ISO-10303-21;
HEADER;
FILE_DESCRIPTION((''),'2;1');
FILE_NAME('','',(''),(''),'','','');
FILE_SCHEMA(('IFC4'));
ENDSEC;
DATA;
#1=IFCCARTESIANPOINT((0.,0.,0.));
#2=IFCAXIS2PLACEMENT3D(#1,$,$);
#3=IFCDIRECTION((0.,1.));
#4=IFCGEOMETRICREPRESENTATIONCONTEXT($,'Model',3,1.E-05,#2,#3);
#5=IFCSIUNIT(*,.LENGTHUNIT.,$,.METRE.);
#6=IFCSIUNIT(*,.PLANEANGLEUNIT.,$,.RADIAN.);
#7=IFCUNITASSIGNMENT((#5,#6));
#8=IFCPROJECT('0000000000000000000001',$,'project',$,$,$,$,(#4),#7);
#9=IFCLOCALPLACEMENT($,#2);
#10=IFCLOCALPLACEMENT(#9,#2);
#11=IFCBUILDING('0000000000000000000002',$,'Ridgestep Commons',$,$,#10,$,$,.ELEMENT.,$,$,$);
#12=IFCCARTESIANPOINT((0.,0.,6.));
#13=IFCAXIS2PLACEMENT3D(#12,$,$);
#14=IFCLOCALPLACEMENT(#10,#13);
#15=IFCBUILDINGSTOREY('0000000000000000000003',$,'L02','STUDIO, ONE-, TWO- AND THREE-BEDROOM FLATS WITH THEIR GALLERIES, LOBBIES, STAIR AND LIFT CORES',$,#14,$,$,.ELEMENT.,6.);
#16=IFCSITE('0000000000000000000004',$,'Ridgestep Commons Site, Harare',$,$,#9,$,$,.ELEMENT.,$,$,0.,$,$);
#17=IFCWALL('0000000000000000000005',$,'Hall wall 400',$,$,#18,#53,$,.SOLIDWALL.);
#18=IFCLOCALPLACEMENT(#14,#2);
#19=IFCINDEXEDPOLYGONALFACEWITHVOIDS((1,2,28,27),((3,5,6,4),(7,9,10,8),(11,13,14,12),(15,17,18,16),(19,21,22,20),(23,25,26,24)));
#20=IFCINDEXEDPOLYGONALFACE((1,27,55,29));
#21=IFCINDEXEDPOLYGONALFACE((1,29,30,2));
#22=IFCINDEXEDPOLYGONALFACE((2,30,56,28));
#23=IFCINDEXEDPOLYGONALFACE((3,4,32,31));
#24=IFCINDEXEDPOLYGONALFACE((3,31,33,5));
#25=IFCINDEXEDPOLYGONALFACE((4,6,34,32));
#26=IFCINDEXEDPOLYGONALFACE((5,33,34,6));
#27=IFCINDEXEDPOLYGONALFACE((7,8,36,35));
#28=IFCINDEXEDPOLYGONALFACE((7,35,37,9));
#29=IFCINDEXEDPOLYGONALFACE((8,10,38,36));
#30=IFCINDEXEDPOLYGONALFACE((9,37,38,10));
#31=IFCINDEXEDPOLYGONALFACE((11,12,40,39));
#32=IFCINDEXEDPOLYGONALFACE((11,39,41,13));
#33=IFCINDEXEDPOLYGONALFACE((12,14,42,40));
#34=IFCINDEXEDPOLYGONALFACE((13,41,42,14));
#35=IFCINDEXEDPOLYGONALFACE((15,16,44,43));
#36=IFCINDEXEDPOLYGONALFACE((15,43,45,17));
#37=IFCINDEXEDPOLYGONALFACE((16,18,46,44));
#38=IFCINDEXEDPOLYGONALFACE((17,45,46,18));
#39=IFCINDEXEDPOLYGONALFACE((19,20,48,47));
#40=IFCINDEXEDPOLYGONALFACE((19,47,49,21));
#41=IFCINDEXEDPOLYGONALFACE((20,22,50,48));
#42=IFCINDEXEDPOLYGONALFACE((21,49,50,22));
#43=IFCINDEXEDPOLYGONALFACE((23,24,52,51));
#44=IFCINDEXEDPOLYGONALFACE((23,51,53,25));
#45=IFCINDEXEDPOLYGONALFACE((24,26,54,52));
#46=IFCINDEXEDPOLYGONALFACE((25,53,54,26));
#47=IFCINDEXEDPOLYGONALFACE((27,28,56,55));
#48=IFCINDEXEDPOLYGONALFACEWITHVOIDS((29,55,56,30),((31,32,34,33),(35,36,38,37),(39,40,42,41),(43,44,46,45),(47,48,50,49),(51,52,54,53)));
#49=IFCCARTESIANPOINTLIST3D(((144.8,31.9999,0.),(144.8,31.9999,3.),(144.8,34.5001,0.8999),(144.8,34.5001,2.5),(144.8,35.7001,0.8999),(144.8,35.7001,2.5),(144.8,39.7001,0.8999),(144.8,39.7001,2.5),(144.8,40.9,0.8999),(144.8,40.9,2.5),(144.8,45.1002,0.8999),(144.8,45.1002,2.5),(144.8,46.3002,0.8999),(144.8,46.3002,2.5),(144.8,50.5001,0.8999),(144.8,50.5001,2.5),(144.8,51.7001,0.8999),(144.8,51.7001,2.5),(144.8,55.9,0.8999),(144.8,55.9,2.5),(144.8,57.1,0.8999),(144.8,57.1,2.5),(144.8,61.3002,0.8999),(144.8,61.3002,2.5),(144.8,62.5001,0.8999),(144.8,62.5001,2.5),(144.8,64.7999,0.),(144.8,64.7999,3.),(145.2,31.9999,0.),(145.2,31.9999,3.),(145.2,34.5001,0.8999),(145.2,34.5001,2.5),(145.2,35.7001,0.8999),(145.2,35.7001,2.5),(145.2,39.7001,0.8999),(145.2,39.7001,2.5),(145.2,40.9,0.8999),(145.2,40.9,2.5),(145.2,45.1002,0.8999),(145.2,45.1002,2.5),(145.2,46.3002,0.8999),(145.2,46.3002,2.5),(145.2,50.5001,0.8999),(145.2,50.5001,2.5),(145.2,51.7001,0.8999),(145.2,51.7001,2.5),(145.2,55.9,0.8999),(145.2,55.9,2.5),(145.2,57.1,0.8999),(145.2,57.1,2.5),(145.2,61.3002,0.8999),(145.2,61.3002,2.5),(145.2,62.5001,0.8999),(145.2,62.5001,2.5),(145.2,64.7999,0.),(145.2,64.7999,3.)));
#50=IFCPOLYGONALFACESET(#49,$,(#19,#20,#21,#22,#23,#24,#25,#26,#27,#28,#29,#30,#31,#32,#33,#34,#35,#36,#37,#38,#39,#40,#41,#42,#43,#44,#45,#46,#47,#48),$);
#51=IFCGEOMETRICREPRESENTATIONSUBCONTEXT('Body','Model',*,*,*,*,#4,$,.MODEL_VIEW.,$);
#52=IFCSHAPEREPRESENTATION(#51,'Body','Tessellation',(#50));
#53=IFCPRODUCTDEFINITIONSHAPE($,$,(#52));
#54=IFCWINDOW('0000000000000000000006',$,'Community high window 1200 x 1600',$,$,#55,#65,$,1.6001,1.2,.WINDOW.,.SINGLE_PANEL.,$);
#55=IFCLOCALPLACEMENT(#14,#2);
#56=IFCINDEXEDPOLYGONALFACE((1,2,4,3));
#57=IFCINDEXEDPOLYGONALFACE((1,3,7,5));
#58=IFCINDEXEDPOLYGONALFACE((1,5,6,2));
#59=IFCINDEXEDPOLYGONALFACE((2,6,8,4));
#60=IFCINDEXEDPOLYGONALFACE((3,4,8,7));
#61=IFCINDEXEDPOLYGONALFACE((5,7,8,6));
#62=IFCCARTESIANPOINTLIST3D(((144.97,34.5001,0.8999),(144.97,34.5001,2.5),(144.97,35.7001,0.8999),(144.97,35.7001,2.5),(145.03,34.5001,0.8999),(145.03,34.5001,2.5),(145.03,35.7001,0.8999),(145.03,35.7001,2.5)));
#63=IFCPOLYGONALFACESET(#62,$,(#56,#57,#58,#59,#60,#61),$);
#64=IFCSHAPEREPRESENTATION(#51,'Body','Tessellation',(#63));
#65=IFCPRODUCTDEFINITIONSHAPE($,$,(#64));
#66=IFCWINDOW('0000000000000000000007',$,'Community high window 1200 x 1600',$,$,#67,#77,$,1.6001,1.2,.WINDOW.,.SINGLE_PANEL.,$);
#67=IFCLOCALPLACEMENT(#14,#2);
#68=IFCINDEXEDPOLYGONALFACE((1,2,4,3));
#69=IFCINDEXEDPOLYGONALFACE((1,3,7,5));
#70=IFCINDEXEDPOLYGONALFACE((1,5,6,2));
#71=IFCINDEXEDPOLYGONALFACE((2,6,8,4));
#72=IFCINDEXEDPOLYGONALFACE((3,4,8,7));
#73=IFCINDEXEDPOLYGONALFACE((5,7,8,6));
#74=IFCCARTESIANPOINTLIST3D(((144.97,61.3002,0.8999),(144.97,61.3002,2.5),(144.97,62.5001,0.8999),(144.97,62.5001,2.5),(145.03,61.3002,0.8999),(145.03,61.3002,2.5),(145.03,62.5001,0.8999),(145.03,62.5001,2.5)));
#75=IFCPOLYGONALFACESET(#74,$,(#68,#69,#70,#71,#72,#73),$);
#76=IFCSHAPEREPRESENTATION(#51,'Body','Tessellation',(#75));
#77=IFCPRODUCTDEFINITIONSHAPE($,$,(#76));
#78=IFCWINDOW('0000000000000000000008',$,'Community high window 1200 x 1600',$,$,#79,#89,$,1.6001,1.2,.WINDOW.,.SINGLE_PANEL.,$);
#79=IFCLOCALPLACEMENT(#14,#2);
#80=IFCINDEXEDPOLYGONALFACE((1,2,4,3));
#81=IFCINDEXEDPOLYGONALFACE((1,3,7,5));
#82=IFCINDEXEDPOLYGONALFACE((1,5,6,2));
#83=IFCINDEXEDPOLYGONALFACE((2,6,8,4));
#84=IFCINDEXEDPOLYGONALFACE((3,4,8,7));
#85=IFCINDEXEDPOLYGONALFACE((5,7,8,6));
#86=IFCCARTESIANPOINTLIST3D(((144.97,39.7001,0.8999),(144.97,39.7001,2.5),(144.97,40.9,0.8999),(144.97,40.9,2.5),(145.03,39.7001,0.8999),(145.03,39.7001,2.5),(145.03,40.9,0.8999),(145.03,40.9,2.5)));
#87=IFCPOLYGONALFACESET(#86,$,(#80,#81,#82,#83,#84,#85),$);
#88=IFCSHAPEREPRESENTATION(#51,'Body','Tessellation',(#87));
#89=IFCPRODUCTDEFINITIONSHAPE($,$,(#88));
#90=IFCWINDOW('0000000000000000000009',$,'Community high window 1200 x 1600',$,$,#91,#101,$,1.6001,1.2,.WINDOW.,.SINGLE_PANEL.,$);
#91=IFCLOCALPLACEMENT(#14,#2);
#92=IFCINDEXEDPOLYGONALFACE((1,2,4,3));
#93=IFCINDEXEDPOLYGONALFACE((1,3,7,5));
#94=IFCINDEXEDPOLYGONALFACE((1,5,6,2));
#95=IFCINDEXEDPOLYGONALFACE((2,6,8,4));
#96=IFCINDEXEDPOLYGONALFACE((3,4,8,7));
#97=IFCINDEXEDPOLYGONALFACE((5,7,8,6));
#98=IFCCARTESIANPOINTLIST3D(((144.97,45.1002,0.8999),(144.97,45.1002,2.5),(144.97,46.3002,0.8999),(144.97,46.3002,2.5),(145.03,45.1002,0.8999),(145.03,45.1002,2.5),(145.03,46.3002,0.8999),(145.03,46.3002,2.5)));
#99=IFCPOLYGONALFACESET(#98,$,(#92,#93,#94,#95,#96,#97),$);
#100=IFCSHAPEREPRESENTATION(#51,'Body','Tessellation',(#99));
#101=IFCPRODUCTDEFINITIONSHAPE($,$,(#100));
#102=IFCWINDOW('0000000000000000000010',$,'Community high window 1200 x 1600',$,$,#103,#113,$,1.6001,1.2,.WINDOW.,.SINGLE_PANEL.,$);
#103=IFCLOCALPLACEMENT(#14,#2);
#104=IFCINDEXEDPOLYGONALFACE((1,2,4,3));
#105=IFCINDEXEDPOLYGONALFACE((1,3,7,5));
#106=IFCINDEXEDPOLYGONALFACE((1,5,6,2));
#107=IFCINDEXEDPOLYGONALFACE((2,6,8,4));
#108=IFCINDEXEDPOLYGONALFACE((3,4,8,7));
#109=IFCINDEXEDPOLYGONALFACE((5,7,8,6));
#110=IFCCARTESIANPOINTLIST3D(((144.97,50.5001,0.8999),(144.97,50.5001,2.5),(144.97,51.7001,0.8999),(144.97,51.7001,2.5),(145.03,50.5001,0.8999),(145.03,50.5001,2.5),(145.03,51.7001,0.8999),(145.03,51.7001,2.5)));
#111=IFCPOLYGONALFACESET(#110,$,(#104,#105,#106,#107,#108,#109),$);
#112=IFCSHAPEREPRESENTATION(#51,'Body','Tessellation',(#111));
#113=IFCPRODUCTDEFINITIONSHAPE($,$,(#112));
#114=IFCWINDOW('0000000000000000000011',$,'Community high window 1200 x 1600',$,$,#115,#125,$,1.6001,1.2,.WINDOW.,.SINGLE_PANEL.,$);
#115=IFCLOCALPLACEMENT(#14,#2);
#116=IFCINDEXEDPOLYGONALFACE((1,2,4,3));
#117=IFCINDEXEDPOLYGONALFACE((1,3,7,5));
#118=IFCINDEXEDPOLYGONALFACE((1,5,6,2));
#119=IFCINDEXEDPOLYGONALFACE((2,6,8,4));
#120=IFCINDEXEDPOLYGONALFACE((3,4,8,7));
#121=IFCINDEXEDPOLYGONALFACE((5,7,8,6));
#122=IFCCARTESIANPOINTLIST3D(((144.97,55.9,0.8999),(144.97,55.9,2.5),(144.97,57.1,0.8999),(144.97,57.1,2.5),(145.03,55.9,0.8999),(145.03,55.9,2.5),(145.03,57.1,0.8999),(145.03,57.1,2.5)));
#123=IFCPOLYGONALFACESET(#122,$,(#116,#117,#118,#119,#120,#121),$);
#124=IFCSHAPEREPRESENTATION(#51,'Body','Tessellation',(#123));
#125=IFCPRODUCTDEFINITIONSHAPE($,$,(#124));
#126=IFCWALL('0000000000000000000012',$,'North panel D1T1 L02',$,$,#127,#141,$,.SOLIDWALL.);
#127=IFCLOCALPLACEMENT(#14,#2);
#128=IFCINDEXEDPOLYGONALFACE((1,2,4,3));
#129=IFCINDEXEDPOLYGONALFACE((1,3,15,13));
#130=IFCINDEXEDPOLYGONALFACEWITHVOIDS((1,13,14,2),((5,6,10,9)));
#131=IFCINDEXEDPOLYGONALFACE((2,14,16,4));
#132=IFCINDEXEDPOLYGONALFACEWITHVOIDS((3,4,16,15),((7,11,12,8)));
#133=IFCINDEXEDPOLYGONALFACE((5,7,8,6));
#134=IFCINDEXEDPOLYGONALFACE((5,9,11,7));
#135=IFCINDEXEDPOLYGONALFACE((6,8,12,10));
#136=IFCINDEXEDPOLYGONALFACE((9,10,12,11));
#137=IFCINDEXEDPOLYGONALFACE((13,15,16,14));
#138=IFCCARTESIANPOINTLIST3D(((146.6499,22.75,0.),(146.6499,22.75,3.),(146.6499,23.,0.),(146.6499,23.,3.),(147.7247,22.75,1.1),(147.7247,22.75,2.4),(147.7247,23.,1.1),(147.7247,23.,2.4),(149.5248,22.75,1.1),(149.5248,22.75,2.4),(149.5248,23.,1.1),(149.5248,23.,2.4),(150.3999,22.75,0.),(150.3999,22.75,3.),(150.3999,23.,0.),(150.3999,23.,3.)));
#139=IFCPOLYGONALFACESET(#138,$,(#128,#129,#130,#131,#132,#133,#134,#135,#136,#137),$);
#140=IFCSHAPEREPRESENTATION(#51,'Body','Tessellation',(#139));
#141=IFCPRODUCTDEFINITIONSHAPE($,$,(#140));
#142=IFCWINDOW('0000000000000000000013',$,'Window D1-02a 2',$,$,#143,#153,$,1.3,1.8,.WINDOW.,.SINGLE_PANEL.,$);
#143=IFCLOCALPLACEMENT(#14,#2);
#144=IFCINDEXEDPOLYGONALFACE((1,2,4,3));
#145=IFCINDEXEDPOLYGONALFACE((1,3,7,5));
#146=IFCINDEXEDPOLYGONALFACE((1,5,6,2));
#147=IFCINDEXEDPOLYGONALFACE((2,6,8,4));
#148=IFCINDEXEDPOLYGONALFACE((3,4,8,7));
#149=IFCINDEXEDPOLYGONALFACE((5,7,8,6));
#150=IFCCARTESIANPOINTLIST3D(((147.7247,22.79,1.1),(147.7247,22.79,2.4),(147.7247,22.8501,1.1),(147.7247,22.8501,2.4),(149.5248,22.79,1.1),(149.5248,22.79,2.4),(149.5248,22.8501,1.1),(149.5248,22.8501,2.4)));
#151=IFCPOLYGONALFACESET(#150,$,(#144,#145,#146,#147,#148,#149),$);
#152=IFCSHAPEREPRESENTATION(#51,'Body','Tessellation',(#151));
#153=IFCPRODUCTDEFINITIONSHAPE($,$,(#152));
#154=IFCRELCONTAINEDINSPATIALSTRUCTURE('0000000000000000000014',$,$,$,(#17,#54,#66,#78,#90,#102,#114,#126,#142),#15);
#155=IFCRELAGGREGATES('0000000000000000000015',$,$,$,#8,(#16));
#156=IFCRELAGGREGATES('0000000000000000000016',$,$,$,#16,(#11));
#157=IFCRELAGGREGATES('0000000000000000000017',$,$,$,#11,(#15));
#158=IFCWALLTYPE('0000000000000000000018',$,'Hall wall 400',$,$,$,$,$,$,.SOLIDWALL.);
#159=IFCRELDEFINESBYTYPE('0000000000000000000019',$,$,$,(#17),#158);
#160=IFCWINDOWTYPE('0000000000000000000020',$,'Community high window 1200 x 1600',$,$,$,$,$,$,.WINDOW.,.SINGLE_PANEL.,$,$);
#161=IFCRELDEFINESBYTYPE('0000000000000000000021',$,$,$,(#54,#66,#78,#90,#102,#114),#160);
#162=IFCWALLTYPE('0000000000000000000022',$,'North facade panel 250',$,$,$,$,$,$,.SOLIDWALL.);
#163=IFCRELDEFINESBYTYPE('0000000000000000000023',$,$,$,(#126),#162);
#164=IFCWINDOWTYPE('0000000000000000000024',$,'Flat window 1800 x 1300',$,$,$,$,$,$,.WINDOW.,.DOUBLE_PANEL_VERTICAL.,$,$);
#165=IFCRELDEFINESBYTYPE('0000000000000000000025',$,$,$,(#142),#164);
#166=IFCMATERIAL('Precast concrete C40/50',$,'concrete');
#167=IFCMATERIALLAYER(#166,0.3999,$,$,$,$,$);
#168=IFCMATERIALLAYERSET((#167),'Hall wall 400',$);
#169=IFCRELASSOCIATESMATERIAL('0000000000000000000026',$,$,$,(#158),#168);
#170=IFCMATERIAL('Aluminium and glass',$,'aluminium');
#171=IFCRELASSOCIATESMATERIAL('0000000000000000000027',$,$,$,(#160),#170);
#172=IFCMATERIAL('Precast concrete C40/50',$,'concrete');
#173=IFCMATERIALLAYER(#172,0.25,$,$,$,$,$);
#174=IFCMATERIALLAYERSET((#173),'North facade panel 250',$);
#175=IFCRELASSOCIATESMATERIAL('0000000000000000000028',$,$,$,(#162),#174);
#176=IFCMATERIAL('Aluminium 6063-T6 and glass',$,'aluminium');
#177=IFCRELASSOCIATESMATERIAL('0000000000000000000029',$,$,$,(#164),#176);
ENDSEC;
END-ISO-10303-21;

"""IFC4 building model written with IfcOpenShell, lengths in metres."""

from ifc_helpers import new_model, si_unit, direction, frame, frame_2d, origin, place, context, subcontext, project, spatial, rectangle, extrude, material, layer, layer_set, type_object, element, fill, save


model = new_model("IFC4")

# Units and contexts
model_context = context("Model", 3, precision=1e-05, world=origin(), true_north=direction((0.0, 1.0)))
body_context = subcontext(model_context, "Body", "Model", "MODEL_VIEW")
ifc_project = project(units=[si_unit("LENGTHUNIT", "METRE"), si_unit("PLANEANGLEUNIT", "RADIAN")], contexts=[model_context])

# Site, building, storey
site_placement = place(None, origin())
site = spatial("IfcSite", under=ifc_project, at=site_placement, Name="Ridgestep Commons Site, Harare", CompositionType="ELEMENT", RefElevation=0.0)
building_placement = place(site_placement, origin())
building = spatial("IfcBuilding", under=site, at=building_placement, Name="Ridgestep Commons", CompositionType="ELEMENT")
storey_placement = place(building_placement, frame((0.0, 0.0, 6.0)))
storey = spatial("IfcBuildingStorey", under=building, at=storey_placement, Name="L02", Description="STUDIO, ONE-, TWO- AND THREE-BEDROOM FLATS WITH THEIR GALLERIES, LOBBIES, STAIR AND LIFT CORES", CompositionType="ELEMENT", Elevation=6.0)

# Wall, openings, windows
ifc_material_1 = material(Name="Precast concrete C40/50", Category="concrete")
ifc_layer_1 = layer(ifc_material_1, 0.3999)
ifc_layer_set_1 = layer_set([ifc_layer_1], Name="Hall wall 400")
wall_type_1 = type_object("IfcWallType", Name="Hall wall 400", PredefinedType="SOLIDWALL", material=ifc_layer_set_1)
wall_1_placement = place(storey_placement, frame((145.0, 32.0, 0.0), z_axis=(0.0, 0.0, 1.0), x_axis=(0.0, 1.0, 0.0)))
wall_1 = element("IfcWall", 1, at=wall_1_placement, inside=storey, type_object=wall_type_1, Name="Hall wall 400", PredefinedType="SOLIDWALL", context=body_context, shape_type="SweptSolid", body=[
    extrude(rectangle(XDim=32.8, YDim=0.3999, at=frame_2d((16.3999, 0.0))), origin(), (0.0, 0.0, 1.0), 3.0),
])
opening_1_placement = place(wall_1_placement, frame((2.5, 0.0, 0.8999)))
opening_1 = element("IfcOpeningElement", 2, at=opening_1_placement, cuts=wall_1, PredefinedType="OPENING", context=body_context, shape_type="SweptSolid", body=[
    extrude(rectangle(XDim=1.2, YDim=1.6001, at=frame_2d((0.6001, 0.8))), frame((0.0, 0.21, 0.0), z_axis=(0.0, -1.0, 0.0), x_axis=(1.0, 0.0, 0.0)), (0.0, 0.0, 1.0), 0.4199),
])
opening_2_placement = place(wall_1_placement, frame((29.3, 0.0, 0.8999)))
opening_2 = element("IfcOpeningElement", 3, at=opening_2_placement, cuts=wall_1, PredefinedType="OPENING", context=body_context, shape_type="SweptSolid", body=[
    extrude(rectangle(XDim=1.2, YDim=1.6001, at=frame_2d((0.6001, 0.8))), frame((0.0, 0.21, 0.0), z_axis=(0.0, -1.0, 0.0), x_axis=(1.0, 0.0, 0.0)), (0.0, 0.0, 1.0), 0.4199),
])
opening_3_placement = place(wall_1_placement, frame((7.7, 0.0, 0.8999)))
opening_3 = element("IfcOpeningElement", 4, at=opening_3_placement, cuts=wall_1, PredefinedType="OPENING", context=body_context, shape_type="SweptSolid", body=[
    extrude(rectangle(XDim=1.2, YDim=1.6001, at=frame_2d((0.6001, 0.8))), frame((0.0, 0.21, 0.0), z_axis=(0.0, -1.0, 0.0), x_axis=(1.0, 0.0, 0.0)), (0.0, 0.0, 1.0), 0.4199),
])
opening_4_placement = place(wall_1_placement, frame((13.1001, 0.0, 0.8999)))
opening_4 = element("IfcOpeningElement", 5, at=opening_4_placement, cuts=wall_1, PredefinedType="OPENING", context=body_context, shape_type="SweptSolid", body=[
    extrude(rectangle(XDim=1.2, YDim=1.6001, at=frame_2d((0.6001, 0.8))), frame((0.0, 0.21, 0.0), z_axis=(0.0, -1.0, 0.0), x_axis=(1.0, 0.0, 0.0)), (0.0, 0.0, 1.0), 0.4199),
])
opening_5_placement = place(wall_1_placement, frame((18.5, 0.0, 0.8999)))
opening_5 = element("IfcOpeningElement", 6, at=opening_5_placement, cuts=wall_1, PredefinedType="OPENING", context=body_context, shape_type="SweptSolid", body=[
    extrude(rectangle(XDim=1.2, YDim=1.6001, at=frame_2d((0.6001, 0.8))), frame((0.0, 0.21, 0.0), z_axis=(0.0, -1.0, 0.0), x_axis=(1.0, 0.0, 0.0)), (0.0, 0.0, 1.0), 0.4199),
])
opening_6_placement = place(wall_1_placement, frame((23.8999, 0.0, 0.8999)))
opening_6 = element("IfcOpeningElement", 7, at=opening_6_placement, cuts=wall_1, PredefinedType="OPENING", context=body_context, shape_type="SweptSolid", body=[
    extrude(rectangle(XDim=1.2, YDim=1.6001, at=frame_2d((0.6001, 0.8))), frame((0.0, 0.21, 0.0), z_axis=(0.0, -1.0, 0.0), x_axis=(1.0, 0.0, 0.0)), (0.0, 0.0, 1.0), 0.4199),
])
ifc_material_2 = material(Name="Aluminium and glass", Category="aluminium")
window_type_1 = type_object("IfcWindowType", Name="Community high window 1200 x 1600", PartitioningType="SINGLE_PANEL", PredefinedType="WINDOW", material=ifc_material_2)
window_1_placement = place(opening_1_placement, origin())
window_1 = element("IfcWindow", 8, at=window_1_placement, inside=storey, type_object=window_type_1, Name="Community high window 1200 x 1600", OverallHeight=1.6001, OverallWidth=1.2, PartitioningType="SINGLE_PANEL", PredefinedType="WINDOW", context=body_context, shape_type="SweptSolid", body=[
    extrude(rectangle(XDim=1.2, YDim=1.6001, at=frame_2d((0.6001, 0.8))), frame((0.0, 0.03, 0.0), z_axis=(0.0, -1.0, 0.0), x_axis=(1.0, 0.0, 0.0)), (0.0, 0.0, 1.0), 0.0601),
])
fill(opening_1, window_1)
window_2_placement = place(opening_2_placement, origin())
window_2 = element("IfcWindow", 9, at=window_2_placement, inside=storey, type_object=window_type_1, Name="Community high window 1200 x 1600", OverallHeight=1.6001, OverallWidth=1.2, PartitioningType="SINGLE_PANEL", PredefinedType="WINDOW", context=body_context, shape_type="SweptSolid", body=[
    extrude(rectangle(XDim=1.2, YDim=1.6001, at=frame_2d((0.6001, 0.8))), frame((0.0, 0.03, 0.0), z_axis=(0.0, -1.0, 0.0), x_axis=(1.0, 0.0, 0.0)), (0.0, 0.0, 1.0), 0.0601),
])
fill(opening_2, window_2)
window_3_placement = place(opening_3_placement, origin())
window_3 = element("IfcWindow", 10, at=window_3_placement, inside=storey, type_object=window_type_1, Name="Community high window 1200 x 1600", OverallHeight=1.6001, OverallWidth=1.2, PartitioningType="SINGLE_PANEL", PredefinedType="WINDOW", context=body_context, shape_type="SweptSolid", body=[
    extrude(rectangle(XDim=1.2, YDim=1.6001, at=frame_2d((0.6001, 0.8))), frame((0.0, 0.03, 0.0), z_axis=(0.0, -1.0, 0.0), x_axis=(1.0, 0.0, 0.0)), (0.0, 0.0, 1.0), 0.0601),
])
fill(opening_3, window_3)
window_4_placement = place(opening_4_placement, origin())
window_4 = element("IfcWindow", 11, at=window_4_placement, inside=storey, type_object=window_type_1, Name="Community high window 1200 x 1600", OverallHeight=1.6001, OverallWidth=1.2, PartitioningType="SINGLE_PANEL", PredefinedType="WINDOW", context=body_context, shape_type="SweptSolid", body=[
    extrude(rectangle(XDim=1.2, YDim=1.6001, at=frame_2d((0.6001, 0.8))), frame((0.0, 0.03, 0.0), z_axis=(0.0, -1.0, 0.0), x_axis=(1.0, 0.0, 0.0)), (0.0, 0.0, 1.0), 0.0601),
])
fill(opening_4, window_4)
window_5_placement = place(opening_5_placement, origin())
window_5 = element("IfcWindow", 12, at=window_5_placement, inside=storey, type_object=window_type_1, Name="Community high window 1200 x 1600", OverallHeight=1.6001, OverallWidth=1.2, PartitioningType="SINGLE_PANEL", PredefinedType="WINDOW", context=body_context, shape_type="SweptSolid", body=[
    extrude(rectangle(XDim=1.2, YDim=1.6001, at=frame_2d((0.6001, 0.8))), frame((0.0, 0.03, 0.0), z_axis=(0.0, -1.0, 0.0), x_axis=(1.0, 0.0, 0.0)), (0.0, 0.0, 1.0), 0.0601),
])
fill(opening_5, window_5)
window_6_placement = place(opening_6_placement, origin())
window_6 = element("IfcWindow", 13, at=window_6_placement, inside=storey, type_object=window_type_1, Name="Community high window 1200 x 1600", OverallHeight=1.6001, OverallWidth=1.2, PartitioningType="SINGLE_PANEL", PredefinedType="WINDOW", context=body_context, shape_type="SweptSolid", body=[
    extrude(rectangle(XDim=1.2, YDim=1.6001, at=frame_2d((0.6001, 0.8))), frame((0.0, 0.03, 0.0), z_axis=(0.0, -1.0, 0.0), x_axis=(1.0, 0.0, 0.0)), (0.0, 0.0, 1.0), 0.0601),
])
fill(opening_6, window_6)

# Wall, opening, window
ifc_material_3 = material(Name="Precast concrete C40/50", Category="concrete")
ifc_layer_2 = layer(ifc_material_3, 0.25)
ifc_layer_set_2 = layer_set([ifc_layer_2], Name="North facade panel 250")
wall_type_2 = type_object("IfcWallType", Name="North facade panel 250", PredefinedType="SOLIDWALL", material=ifc_layer_set_2)
wall_2_placement = place(storey_placement, frame((146.6499, 22.875, 0.0), z_axis=(0.0, 0.0, 1.0), x_axis=(1.0, 0.0, 0.0)))
wall_2 = element("IfcWall", 14, at=wall_2_placement, inside=storey, type_object=wall_type_2, Name="North panel D1T1 L02", PredefinedType="SOLIDWALL", context=body_context, shape_type="SweptSolid", body=[
    extrude(rectangle(XDim=3.75, YDim=0.25, at=frame_2d((1.875, 0.0))), origin(), (0.0, 0.0, 1.0), 3.0),
])
opening_7_placement = place(wall_2_placement, frame((1.075, 0.0, 1.1001)))
opening_7 = element("IfcOpeningElement", 15, at=opening_7_placement, cuts=wall_2, PredefinedType="OPENING", context=body_context, shape_type="SweptSolid", body=[
    extrude(rectangle(XDim=1.8, YDim=1.3, at=frame_2d((0.8999, 0.6499))), frame((0.0, 0.135, 0.0), z_axis=(0.0, -1.0, 0.0), x_axis=(1.0, 0.0, 0.0)), (0.0, 0.0, 1.0), 0.27),
])
ifc_material_4 = material(Name="Aluminium 6063-T6 and glass", Category="aluminium")
window_type_2 = type_object("IfcWindowType", Name="Flat window 1800 x 1300", PartitioningType="DOUBLE_PANEL_VERTICAL", PredefinedType="WINDOW", material=ifc_material_4)
window_7_placement = place(opening_7_placement, origin())
window_7 = element("IfcWindow", 16, at=window_7_placement, inside=storey, type_object=window_type_2, Name="Window D1-02a 2", OverallHeight=1.3, OverallWidth=1.8, PartitioningType="SINGLE_PANEL", PredefinedType="WINDOW", context=body_context, shape_type="SweptSolid", body=[
    extrude(rectangle(XDim=1.8, YDim=1.3, at=frame_2d((0.8999, 0.6499))), frame((0.0, -0.0249, 0.0), z_axis=(0.0, -1.0, 0.0), x_axis=(1.0, 0.0, 0.0)), (0.0, 0.0, 1.0), 0.0601),
])
fill(opening_7, window_7)

save(model, "model.ifc")
